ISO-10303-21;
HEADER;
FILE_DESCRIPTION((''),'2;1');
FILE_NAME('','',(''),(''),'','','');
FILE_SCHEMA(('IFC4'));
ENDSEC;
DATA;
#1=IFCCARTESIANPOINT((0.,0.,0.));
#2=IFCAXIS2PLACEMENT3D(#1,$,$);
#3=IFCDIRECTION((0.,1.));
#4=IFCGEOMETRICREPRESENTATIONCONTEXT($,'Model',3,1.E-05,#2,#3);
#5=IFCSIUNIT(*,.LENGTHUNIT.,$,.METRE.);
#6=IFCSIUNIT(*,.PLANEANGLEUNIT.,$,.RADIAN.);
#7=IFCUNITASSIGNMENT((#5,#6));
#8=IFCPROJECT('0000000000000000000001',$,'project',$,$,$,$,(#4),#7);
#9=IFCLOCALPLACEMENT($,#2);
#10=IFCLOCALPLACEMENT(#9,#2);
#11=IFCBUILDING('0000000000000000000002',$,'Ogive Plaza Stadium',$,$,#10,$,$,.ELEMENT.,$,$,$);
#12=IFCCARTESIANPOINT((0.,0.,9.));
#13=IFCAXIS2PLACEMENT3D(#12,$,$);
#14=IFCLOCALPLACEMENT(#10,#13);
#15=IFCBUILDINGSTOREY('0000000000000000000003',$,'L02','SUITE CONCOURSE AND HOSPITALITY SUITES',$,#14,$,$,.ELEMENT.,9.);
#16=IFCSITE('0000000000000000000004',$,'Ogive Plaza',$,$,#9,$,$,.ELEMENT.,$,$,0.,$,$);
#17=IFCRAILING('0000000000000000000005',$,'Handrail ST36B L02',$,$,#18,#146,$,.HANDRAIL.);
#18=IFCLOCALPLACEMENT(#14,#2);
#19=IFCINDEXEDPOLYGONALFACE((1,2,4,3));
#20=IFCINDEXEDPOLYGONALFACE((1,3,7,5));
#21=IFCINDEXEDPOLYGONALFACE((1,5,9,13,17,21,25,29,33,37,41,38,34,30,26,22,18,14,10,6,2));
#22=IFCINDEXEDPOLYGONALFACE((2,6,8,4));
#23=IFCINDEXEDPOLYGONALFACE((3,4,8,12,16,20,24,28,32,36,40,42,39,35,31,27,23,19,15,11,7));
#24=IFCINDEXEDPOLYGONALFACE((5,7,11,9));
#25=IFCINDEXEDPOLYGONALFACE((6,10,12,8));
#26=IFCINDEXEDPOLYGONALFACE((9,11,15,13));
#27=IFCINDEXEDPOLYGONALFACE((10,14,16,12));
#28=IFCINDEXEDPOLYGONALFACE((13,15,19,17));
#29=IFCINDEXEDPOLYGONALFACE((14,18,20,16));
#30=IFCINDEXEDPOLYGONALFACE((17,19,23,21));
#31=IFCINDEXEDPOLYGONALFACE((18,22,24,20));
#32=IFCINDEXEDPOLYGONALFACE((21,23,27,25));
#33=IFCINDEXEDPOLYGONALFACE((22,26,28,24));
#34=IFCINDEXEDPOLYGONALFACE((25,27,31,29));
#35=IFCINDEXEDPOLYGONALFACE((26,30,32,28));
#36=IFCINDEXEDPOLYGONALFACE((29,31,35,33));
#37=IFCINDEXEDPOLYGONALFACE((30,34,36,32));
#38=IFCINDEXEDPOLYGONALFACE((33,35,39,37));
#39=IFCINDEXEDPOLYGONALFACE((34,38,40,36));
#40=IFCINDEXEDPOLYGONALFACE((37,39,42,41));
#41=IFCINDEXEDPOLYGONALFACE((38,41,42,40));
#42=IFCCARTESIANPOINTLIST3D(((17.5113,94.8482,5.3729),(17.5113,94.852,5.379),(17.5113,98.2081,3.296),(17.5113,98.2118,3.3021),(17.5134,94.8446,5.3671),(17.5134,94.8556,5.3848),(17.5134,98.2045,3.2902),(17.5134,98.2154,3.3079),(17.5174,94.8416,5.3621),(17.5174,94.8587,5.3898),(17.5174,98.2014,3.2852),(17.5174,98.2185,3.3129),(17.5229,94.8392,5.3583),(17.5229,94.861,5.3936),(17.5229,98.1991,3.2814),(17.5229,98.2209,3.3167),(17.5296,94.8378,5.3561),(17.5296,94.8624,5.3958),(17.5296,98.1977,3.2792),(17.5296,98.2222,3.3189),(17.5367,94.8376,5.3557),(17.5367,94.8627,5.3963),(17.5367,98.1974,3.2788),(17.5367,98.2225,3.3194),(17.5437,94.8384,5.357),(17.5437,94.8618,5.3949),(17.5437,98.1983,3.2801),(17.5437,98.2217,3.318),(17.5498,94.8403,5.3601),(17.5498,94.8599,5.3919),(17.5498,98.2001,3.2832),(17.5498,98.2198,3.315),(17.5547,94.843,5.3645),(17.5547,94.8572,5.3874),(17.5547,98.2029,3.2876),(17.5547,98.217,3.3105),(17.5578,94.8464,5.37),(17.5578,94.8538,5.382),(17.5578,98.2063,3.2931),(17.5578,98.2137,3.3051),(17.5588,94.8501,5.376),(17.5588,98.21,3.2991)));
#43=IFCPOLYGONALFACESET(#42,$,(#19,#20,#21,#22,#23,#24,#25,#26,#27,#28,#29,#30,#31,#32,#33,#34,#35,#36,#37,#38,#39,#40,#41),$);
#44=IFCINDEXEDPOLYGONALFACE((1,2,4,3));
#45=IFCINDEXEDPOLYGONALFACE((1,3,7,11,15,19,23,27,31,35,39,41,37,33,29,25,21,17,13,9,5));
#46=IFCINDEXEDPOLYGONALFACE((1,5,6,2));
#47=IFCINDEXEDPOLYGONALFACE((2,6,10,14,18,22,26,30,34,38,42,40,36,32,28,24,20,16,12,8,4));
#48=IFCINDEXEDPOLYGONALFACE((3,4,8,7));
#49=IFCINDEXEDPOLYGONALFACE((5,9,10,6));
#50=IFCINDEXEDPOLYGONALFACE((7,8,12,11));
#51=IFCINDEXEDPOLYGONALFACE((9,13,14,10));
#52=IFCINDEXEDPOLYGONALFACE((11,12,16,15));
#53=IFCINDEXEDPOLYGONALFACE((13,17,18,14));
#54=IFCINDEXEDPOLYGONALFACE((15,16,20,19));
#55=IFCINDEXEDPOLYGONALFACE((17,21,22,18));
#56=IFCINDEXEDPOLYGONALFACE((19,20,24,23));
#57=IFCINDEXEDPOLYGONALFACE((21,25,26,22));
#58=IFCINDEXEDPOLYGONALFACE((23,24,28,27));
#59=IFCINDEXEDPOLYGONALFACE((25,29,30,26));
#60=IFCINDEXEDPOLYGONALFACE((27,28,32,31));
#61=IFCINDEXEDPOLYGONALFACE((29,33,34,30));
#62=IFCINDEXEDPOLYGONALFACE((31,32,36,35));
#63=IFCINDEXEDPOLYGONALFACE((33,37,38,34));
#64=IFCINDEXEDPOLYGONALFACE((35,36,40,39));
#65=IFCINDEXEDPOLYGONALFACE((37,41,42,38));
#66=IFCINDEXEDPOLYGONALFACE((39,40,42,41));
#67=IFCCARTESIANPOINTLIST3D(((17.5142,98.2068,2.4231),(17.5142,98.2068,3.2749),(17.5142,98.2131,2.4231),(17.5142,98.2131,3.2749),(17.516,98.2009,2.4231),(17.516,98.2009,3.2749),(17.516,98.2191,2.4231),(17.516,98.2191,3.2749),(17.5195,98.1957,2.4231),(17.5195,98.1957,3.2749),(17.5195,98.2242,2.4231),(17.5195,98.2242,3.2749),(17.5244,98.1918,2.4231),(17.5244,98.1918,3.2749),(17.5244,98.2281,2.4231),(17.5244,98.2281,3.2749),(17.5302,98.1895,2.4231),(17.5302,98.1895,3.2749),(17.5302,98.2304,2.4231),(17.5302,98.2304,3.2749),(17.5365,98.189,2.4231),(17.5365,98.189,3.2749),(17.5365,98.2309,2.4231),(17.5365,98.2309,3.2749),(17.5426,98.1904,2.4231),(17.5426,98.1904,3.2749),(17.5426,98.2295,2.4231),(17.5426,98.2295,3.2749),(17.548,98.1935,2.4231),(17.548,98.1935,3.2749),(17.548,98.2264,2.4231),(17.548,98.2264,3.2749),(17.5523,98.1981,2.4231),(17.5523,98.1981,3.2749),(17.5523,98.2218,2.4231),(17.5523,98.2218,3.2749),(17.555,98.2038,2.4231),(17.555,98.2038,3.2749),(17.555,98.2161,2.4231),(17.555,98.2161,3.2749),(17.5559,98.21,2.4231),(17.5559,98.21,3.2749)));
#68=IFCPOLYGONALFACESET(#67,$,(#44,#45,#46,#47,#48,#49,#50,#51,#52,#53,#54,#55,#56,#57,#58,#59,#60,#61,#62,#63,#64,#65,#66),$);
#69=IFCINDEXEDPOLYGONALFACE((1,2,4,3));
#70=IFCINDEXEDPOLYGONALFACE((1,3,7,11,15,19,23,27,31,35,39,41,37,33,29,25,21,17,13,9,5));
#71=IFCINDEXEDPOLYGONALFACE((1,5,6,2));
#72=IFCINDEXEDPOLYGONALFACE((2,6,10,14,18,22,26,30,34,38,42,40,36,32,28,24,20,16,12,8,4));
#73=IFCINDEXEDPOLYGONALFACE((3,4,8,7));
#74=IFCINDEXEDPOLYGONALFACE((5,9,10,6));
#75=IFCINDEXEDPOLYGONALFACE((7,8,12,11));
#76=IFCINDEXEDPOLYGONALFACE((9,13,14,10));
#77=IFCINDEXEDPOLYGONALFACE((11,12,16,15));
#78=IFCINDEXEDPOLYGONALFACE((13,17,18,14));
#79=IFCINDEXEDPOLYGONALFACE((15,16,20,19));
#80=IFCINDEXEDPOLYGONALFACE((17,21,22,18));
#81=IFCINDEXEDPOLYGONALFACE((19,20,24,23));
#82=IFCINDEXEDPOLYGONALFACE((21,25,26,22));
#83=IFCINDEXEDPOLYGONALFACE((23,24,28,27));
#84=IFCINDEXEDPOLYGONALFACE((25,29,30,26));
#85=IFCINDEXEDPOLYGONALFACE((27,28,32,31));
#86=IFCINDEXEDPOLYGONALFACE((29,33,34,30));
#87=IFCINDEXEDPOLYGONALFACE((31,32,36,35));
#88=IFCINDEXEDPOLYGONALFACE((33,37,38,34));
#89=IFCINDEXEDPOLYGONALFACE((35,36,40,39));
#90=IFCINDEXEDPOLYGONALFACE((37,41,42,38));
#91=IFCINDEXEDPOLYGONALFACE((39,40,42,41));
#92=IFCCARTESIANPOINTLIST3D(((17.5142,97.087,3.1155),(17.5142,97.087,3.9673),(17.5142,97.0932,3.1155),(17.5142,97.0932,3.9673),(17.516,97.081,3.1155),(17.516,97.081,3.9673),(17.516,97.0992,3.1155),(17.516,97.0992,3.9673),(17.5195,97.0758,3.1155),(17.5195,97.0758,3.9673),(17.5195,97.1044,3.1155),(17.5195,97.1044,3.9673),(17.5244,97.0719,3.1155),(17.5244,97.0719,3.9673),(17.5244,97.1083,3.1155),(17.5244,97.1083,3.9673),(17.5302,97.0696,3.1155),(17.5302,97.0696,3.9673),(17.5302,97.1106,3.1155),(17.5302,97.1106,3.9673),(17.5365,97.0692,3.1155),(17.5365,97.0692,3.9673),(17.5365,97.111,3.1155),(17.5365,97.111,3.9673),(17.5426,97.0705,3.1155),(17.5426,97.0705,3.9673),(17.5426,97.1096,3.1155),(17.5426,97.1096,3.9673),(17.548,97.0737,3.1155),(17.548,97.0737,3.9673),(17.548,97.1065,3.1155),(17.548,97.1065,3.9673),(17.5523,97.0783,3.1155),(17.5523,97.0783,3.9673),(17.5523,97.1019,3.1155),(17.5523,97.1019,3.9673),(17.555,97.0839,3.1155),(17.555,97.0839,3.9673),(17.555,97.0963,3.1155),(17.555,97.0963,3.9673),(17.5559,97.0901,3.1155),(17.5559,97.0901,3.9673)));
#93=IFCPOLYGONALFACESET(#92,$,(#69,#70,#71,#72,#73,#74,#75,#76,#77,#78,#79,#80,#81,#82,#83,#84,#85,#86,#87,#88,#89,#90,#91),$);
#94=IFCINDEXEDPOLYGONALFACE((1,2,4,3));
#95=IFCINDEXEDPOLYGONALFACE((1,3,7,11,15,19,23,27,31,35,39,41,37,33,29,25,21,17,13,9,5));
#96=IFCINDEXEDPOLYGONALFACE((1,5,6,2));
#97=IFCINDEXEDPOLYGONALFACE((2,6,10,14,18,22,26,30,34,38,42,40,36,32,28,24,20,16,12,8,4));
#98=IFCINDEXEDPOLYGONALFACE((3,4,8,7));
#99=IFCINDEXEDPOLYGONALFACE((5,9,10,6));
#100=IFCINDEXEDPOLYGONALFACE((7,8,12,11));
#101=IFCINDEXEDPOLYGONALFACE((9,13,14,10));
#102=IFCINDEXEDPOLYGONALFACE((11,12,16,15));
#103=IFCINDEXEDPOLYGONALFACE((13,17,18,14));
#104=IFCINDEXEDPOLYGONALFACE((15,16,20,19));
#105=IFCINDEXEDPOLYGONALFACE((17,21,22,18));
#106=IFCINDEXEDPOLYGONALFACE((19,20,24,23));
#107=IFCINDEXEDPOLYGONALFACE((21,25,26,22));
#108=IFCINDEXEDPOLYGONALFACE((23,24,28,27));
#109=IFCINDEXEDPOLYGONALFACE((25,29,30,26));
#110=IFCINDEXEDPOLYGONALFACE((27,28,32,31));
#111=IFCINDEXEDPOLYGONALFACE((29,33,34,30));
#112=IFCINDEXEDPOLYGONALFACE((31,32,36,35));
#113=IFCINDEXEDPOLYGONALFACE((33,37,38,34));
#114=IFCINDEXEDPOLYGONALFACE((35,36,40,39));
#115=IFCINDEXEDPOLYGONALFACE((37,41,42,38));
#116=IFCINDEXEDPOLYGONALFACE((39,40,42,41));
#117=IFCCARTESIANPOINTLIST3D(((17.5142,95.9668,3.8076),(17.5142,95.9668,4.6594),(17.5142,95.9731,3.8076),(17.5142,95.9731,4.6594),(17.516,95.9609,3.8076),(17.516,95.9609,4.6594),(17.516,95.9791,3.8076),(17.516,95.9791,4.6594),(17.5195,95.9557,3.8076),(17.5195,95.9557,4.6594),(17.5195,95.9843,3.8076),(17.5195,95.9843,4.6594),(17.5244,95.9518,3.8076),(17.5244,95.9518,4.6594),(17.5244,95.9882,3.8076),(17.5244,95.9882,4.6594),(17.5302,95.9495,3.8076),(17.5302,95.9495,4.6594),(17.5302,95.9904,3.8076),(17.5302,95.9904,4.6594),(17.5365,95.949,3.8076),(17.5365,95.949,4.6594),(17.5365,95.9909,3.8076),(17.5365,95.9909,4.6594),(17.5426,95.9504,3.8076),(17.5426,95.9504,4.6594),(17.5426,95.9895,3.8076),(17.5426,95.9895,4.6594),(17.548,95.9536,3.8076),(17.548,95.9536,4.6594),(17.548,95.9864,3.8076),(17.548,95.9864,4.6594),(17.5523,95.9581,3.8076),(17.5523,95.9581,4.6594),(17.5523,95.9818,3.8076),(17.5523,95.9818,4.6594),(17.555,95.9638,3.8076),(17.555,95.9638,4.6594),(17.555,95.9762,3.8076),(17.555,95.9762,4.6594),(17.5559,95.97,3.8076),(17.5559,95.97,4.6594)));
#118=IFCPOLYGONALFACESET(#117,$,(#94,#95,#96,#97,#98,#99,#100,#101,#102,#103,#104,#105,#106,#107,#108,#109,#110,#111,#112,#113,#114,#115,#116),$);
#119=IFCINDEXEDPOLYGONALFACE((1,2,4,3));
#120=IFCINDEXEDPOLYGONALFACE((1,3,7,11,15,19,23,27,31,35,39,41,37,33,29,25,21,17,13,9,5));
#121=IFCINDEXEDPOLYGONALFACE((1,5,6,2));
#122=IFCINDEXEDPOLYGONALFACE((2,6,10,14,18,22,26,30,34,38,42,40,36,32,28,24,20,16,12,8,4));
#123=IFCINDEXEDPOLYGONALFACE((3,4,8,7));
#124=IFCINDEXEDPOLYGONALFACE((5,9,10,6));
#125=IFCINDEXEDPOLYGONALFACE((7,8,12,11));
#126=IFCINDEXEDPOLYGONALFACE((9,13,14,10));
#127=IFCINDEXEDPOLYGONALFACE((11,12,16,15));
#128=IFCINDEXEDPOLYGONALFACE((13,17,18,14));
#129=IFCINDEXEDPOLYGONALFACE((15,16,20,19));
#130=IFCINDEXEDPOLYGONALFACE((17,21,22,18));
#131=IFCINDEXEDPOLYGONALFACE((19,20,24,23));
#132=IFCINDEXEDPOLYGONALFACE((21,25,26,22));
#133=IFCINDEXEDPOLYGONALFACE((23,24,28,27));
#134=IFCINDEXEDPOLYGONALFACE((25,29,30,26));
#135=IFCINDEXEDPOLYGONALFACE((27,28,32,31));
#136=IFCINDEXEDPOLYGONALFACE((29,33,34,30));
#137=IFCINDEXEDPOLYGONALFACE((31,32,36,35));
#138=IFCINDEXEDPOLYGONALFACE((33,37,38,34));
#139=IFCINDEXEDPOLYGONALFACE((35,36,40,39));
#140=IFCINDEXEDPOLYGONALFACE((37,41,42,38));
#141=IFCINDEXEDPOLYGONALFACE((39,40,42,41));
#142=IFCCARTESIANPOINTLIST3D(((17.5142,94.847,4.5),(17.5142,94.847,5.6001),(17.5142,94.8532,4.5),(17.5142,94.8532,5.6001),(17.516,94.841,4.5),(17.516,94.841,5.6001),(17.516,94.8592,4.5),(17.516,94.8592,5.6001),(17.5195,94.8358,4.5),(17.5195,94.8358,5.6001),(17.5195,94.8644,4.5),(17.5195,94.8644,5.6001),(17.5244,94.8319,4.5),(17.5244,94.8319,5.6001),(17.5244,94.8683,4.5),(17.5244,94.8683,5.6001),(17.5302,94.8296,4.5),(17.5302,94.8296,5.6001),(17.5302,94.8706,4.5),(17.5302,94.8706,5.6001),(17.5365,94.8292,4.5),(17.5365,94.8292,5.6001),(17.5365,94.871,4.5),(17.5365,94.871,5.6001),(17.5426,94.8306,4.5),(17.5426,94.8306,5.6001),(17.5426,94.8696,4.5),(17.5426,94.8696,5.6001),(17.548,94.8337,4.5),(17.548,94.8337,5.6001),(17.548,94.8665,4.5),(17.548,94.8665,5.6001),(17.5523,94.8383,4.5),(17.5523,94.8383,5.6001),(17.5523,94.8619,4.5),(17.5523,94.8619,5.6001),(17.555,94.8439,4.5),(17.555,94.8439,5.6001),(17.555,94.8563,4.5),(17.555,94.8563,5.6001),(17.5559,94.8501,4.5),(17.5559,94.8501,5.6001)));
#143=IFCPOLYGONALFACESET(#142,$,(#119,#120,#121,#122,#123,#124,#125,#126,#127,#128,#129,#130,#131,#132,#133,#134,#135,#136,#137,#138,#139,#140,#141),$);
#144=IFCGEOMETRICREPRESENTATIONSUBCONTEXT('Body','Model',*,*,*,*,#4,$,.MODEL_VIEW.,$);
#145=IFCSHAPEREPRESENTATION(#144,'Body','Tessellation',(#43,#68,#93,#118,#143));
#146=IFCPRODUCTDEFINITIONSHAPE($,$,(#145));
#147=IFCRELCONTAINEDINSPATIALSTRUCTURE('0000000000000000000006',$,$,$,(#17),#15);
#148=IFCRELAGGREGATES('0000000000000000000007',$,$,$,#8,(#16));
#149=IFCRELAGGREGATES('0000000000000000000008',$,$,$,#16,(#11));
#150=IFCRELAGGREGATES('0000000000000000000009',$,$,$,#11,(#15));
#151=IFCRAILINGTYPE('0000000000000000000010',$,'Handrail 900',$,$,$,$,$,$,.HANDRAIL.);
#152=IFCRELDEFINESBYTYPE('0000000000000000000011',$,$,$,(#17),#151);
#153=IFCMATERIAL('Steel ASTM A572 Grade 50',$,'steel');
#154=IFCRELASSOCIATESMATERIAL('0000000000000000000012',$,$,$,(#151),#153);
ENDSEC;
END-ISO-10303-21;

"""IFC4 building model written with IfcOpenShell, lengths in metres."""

from ifc_helpers import new_model, si_unit, direction, frame, origin, origin_2d, place, context, subcontext, project, spatial, circle, extrude, material, type_object, element, save


model = new_model("IFC4")

# Units and contexts
model_context = context("Model", 3, precision=1e-05, world=origin(), true_north=direction((0.0, 1.0)))
body_context = subcontext(model_context, "Body", "Model", "MODEL_VIEW")
ifc_project = project(units=[si_unit("LENGTHUNIT", "METRE"), si_unit("PLANEANGLEUNIT", "RADIAN")], contexts=[model_context])

# Site, building, storey
site_placement = place(None, origin())
site = spatial("IfcSite", under=ifc_project, at=site_placement, Name="Ogive Plaza", CompositionType="ELEMENT", RefElevation=0.0)
building_placement = place(site_placement, origin())
building = spatial("IfcBuilding", under=site, at=building_placement, Name="Ogive Plaza Stadium", CompositionType="ELEMENT")
storey_placement = place(building_placement, frame((0.0, 0.0, 9.0)))
storey = spatial("IfcBuildingStorey", under=building, at=storey_placement, Name="L02", Description="SUITE CONCOURSE AND HOSPITALITY SUITES", CompositionType="ELEMENT", Elevation=9.0)

# Railing
ifc_material_1 = material(Name="Steel ASTM A572 Grade 50", Category="steel")
railing_type_1 = type_object("IfcRailingType", Name="Handrail 900", PredefinedType="HANDRAIL", material=ifc_material_1)
for number, where, name in (
    (1, (17.5349, 98.21, 2.4231), "Handrail ST36B L02"),
):
    element("IfcRailing", number, at=place(storey_placement, frame(where)), inside=storey, type_object=railing_type_1, Name=name, PredefinedType="HANDRAIL", context=body_context, shape_type="SweptSolid", body=[
        extrude(circle(Radius=0.0239, at=origin_2d()), frame((0.0, 0.0, 0.876), z_axis=(0.0, -0.850606, 0.525803), x_axis=(1.0, 0.0, 0.0)), (0.0, 0.0, 1.0), 3.95),
        extrude(circle(Radius=0.021, at=origin_2d()), origin(), (0.0, 0.0, 1.0), 0.8518),
        extrude(circle(Radius=0.021, at=origin_2d()), frame((0.0, -1.1199, 0.6924)), (0.0, 0.0, 1.0), 0.8518),
        extrude(circle(Radius=0.021, at=origin_2d()), frame((0.0, -2.24, 1.3845)), (0.0, 0.0, 1.0), 0.8518),
        extrude(circle(Radius=0.021, at=origin_2d()), frame((0.0, -3.3599, 2.0769)), (0.0, 0.0, 1.0), 1.1001),
    ])

save(model, "model.ifc")
